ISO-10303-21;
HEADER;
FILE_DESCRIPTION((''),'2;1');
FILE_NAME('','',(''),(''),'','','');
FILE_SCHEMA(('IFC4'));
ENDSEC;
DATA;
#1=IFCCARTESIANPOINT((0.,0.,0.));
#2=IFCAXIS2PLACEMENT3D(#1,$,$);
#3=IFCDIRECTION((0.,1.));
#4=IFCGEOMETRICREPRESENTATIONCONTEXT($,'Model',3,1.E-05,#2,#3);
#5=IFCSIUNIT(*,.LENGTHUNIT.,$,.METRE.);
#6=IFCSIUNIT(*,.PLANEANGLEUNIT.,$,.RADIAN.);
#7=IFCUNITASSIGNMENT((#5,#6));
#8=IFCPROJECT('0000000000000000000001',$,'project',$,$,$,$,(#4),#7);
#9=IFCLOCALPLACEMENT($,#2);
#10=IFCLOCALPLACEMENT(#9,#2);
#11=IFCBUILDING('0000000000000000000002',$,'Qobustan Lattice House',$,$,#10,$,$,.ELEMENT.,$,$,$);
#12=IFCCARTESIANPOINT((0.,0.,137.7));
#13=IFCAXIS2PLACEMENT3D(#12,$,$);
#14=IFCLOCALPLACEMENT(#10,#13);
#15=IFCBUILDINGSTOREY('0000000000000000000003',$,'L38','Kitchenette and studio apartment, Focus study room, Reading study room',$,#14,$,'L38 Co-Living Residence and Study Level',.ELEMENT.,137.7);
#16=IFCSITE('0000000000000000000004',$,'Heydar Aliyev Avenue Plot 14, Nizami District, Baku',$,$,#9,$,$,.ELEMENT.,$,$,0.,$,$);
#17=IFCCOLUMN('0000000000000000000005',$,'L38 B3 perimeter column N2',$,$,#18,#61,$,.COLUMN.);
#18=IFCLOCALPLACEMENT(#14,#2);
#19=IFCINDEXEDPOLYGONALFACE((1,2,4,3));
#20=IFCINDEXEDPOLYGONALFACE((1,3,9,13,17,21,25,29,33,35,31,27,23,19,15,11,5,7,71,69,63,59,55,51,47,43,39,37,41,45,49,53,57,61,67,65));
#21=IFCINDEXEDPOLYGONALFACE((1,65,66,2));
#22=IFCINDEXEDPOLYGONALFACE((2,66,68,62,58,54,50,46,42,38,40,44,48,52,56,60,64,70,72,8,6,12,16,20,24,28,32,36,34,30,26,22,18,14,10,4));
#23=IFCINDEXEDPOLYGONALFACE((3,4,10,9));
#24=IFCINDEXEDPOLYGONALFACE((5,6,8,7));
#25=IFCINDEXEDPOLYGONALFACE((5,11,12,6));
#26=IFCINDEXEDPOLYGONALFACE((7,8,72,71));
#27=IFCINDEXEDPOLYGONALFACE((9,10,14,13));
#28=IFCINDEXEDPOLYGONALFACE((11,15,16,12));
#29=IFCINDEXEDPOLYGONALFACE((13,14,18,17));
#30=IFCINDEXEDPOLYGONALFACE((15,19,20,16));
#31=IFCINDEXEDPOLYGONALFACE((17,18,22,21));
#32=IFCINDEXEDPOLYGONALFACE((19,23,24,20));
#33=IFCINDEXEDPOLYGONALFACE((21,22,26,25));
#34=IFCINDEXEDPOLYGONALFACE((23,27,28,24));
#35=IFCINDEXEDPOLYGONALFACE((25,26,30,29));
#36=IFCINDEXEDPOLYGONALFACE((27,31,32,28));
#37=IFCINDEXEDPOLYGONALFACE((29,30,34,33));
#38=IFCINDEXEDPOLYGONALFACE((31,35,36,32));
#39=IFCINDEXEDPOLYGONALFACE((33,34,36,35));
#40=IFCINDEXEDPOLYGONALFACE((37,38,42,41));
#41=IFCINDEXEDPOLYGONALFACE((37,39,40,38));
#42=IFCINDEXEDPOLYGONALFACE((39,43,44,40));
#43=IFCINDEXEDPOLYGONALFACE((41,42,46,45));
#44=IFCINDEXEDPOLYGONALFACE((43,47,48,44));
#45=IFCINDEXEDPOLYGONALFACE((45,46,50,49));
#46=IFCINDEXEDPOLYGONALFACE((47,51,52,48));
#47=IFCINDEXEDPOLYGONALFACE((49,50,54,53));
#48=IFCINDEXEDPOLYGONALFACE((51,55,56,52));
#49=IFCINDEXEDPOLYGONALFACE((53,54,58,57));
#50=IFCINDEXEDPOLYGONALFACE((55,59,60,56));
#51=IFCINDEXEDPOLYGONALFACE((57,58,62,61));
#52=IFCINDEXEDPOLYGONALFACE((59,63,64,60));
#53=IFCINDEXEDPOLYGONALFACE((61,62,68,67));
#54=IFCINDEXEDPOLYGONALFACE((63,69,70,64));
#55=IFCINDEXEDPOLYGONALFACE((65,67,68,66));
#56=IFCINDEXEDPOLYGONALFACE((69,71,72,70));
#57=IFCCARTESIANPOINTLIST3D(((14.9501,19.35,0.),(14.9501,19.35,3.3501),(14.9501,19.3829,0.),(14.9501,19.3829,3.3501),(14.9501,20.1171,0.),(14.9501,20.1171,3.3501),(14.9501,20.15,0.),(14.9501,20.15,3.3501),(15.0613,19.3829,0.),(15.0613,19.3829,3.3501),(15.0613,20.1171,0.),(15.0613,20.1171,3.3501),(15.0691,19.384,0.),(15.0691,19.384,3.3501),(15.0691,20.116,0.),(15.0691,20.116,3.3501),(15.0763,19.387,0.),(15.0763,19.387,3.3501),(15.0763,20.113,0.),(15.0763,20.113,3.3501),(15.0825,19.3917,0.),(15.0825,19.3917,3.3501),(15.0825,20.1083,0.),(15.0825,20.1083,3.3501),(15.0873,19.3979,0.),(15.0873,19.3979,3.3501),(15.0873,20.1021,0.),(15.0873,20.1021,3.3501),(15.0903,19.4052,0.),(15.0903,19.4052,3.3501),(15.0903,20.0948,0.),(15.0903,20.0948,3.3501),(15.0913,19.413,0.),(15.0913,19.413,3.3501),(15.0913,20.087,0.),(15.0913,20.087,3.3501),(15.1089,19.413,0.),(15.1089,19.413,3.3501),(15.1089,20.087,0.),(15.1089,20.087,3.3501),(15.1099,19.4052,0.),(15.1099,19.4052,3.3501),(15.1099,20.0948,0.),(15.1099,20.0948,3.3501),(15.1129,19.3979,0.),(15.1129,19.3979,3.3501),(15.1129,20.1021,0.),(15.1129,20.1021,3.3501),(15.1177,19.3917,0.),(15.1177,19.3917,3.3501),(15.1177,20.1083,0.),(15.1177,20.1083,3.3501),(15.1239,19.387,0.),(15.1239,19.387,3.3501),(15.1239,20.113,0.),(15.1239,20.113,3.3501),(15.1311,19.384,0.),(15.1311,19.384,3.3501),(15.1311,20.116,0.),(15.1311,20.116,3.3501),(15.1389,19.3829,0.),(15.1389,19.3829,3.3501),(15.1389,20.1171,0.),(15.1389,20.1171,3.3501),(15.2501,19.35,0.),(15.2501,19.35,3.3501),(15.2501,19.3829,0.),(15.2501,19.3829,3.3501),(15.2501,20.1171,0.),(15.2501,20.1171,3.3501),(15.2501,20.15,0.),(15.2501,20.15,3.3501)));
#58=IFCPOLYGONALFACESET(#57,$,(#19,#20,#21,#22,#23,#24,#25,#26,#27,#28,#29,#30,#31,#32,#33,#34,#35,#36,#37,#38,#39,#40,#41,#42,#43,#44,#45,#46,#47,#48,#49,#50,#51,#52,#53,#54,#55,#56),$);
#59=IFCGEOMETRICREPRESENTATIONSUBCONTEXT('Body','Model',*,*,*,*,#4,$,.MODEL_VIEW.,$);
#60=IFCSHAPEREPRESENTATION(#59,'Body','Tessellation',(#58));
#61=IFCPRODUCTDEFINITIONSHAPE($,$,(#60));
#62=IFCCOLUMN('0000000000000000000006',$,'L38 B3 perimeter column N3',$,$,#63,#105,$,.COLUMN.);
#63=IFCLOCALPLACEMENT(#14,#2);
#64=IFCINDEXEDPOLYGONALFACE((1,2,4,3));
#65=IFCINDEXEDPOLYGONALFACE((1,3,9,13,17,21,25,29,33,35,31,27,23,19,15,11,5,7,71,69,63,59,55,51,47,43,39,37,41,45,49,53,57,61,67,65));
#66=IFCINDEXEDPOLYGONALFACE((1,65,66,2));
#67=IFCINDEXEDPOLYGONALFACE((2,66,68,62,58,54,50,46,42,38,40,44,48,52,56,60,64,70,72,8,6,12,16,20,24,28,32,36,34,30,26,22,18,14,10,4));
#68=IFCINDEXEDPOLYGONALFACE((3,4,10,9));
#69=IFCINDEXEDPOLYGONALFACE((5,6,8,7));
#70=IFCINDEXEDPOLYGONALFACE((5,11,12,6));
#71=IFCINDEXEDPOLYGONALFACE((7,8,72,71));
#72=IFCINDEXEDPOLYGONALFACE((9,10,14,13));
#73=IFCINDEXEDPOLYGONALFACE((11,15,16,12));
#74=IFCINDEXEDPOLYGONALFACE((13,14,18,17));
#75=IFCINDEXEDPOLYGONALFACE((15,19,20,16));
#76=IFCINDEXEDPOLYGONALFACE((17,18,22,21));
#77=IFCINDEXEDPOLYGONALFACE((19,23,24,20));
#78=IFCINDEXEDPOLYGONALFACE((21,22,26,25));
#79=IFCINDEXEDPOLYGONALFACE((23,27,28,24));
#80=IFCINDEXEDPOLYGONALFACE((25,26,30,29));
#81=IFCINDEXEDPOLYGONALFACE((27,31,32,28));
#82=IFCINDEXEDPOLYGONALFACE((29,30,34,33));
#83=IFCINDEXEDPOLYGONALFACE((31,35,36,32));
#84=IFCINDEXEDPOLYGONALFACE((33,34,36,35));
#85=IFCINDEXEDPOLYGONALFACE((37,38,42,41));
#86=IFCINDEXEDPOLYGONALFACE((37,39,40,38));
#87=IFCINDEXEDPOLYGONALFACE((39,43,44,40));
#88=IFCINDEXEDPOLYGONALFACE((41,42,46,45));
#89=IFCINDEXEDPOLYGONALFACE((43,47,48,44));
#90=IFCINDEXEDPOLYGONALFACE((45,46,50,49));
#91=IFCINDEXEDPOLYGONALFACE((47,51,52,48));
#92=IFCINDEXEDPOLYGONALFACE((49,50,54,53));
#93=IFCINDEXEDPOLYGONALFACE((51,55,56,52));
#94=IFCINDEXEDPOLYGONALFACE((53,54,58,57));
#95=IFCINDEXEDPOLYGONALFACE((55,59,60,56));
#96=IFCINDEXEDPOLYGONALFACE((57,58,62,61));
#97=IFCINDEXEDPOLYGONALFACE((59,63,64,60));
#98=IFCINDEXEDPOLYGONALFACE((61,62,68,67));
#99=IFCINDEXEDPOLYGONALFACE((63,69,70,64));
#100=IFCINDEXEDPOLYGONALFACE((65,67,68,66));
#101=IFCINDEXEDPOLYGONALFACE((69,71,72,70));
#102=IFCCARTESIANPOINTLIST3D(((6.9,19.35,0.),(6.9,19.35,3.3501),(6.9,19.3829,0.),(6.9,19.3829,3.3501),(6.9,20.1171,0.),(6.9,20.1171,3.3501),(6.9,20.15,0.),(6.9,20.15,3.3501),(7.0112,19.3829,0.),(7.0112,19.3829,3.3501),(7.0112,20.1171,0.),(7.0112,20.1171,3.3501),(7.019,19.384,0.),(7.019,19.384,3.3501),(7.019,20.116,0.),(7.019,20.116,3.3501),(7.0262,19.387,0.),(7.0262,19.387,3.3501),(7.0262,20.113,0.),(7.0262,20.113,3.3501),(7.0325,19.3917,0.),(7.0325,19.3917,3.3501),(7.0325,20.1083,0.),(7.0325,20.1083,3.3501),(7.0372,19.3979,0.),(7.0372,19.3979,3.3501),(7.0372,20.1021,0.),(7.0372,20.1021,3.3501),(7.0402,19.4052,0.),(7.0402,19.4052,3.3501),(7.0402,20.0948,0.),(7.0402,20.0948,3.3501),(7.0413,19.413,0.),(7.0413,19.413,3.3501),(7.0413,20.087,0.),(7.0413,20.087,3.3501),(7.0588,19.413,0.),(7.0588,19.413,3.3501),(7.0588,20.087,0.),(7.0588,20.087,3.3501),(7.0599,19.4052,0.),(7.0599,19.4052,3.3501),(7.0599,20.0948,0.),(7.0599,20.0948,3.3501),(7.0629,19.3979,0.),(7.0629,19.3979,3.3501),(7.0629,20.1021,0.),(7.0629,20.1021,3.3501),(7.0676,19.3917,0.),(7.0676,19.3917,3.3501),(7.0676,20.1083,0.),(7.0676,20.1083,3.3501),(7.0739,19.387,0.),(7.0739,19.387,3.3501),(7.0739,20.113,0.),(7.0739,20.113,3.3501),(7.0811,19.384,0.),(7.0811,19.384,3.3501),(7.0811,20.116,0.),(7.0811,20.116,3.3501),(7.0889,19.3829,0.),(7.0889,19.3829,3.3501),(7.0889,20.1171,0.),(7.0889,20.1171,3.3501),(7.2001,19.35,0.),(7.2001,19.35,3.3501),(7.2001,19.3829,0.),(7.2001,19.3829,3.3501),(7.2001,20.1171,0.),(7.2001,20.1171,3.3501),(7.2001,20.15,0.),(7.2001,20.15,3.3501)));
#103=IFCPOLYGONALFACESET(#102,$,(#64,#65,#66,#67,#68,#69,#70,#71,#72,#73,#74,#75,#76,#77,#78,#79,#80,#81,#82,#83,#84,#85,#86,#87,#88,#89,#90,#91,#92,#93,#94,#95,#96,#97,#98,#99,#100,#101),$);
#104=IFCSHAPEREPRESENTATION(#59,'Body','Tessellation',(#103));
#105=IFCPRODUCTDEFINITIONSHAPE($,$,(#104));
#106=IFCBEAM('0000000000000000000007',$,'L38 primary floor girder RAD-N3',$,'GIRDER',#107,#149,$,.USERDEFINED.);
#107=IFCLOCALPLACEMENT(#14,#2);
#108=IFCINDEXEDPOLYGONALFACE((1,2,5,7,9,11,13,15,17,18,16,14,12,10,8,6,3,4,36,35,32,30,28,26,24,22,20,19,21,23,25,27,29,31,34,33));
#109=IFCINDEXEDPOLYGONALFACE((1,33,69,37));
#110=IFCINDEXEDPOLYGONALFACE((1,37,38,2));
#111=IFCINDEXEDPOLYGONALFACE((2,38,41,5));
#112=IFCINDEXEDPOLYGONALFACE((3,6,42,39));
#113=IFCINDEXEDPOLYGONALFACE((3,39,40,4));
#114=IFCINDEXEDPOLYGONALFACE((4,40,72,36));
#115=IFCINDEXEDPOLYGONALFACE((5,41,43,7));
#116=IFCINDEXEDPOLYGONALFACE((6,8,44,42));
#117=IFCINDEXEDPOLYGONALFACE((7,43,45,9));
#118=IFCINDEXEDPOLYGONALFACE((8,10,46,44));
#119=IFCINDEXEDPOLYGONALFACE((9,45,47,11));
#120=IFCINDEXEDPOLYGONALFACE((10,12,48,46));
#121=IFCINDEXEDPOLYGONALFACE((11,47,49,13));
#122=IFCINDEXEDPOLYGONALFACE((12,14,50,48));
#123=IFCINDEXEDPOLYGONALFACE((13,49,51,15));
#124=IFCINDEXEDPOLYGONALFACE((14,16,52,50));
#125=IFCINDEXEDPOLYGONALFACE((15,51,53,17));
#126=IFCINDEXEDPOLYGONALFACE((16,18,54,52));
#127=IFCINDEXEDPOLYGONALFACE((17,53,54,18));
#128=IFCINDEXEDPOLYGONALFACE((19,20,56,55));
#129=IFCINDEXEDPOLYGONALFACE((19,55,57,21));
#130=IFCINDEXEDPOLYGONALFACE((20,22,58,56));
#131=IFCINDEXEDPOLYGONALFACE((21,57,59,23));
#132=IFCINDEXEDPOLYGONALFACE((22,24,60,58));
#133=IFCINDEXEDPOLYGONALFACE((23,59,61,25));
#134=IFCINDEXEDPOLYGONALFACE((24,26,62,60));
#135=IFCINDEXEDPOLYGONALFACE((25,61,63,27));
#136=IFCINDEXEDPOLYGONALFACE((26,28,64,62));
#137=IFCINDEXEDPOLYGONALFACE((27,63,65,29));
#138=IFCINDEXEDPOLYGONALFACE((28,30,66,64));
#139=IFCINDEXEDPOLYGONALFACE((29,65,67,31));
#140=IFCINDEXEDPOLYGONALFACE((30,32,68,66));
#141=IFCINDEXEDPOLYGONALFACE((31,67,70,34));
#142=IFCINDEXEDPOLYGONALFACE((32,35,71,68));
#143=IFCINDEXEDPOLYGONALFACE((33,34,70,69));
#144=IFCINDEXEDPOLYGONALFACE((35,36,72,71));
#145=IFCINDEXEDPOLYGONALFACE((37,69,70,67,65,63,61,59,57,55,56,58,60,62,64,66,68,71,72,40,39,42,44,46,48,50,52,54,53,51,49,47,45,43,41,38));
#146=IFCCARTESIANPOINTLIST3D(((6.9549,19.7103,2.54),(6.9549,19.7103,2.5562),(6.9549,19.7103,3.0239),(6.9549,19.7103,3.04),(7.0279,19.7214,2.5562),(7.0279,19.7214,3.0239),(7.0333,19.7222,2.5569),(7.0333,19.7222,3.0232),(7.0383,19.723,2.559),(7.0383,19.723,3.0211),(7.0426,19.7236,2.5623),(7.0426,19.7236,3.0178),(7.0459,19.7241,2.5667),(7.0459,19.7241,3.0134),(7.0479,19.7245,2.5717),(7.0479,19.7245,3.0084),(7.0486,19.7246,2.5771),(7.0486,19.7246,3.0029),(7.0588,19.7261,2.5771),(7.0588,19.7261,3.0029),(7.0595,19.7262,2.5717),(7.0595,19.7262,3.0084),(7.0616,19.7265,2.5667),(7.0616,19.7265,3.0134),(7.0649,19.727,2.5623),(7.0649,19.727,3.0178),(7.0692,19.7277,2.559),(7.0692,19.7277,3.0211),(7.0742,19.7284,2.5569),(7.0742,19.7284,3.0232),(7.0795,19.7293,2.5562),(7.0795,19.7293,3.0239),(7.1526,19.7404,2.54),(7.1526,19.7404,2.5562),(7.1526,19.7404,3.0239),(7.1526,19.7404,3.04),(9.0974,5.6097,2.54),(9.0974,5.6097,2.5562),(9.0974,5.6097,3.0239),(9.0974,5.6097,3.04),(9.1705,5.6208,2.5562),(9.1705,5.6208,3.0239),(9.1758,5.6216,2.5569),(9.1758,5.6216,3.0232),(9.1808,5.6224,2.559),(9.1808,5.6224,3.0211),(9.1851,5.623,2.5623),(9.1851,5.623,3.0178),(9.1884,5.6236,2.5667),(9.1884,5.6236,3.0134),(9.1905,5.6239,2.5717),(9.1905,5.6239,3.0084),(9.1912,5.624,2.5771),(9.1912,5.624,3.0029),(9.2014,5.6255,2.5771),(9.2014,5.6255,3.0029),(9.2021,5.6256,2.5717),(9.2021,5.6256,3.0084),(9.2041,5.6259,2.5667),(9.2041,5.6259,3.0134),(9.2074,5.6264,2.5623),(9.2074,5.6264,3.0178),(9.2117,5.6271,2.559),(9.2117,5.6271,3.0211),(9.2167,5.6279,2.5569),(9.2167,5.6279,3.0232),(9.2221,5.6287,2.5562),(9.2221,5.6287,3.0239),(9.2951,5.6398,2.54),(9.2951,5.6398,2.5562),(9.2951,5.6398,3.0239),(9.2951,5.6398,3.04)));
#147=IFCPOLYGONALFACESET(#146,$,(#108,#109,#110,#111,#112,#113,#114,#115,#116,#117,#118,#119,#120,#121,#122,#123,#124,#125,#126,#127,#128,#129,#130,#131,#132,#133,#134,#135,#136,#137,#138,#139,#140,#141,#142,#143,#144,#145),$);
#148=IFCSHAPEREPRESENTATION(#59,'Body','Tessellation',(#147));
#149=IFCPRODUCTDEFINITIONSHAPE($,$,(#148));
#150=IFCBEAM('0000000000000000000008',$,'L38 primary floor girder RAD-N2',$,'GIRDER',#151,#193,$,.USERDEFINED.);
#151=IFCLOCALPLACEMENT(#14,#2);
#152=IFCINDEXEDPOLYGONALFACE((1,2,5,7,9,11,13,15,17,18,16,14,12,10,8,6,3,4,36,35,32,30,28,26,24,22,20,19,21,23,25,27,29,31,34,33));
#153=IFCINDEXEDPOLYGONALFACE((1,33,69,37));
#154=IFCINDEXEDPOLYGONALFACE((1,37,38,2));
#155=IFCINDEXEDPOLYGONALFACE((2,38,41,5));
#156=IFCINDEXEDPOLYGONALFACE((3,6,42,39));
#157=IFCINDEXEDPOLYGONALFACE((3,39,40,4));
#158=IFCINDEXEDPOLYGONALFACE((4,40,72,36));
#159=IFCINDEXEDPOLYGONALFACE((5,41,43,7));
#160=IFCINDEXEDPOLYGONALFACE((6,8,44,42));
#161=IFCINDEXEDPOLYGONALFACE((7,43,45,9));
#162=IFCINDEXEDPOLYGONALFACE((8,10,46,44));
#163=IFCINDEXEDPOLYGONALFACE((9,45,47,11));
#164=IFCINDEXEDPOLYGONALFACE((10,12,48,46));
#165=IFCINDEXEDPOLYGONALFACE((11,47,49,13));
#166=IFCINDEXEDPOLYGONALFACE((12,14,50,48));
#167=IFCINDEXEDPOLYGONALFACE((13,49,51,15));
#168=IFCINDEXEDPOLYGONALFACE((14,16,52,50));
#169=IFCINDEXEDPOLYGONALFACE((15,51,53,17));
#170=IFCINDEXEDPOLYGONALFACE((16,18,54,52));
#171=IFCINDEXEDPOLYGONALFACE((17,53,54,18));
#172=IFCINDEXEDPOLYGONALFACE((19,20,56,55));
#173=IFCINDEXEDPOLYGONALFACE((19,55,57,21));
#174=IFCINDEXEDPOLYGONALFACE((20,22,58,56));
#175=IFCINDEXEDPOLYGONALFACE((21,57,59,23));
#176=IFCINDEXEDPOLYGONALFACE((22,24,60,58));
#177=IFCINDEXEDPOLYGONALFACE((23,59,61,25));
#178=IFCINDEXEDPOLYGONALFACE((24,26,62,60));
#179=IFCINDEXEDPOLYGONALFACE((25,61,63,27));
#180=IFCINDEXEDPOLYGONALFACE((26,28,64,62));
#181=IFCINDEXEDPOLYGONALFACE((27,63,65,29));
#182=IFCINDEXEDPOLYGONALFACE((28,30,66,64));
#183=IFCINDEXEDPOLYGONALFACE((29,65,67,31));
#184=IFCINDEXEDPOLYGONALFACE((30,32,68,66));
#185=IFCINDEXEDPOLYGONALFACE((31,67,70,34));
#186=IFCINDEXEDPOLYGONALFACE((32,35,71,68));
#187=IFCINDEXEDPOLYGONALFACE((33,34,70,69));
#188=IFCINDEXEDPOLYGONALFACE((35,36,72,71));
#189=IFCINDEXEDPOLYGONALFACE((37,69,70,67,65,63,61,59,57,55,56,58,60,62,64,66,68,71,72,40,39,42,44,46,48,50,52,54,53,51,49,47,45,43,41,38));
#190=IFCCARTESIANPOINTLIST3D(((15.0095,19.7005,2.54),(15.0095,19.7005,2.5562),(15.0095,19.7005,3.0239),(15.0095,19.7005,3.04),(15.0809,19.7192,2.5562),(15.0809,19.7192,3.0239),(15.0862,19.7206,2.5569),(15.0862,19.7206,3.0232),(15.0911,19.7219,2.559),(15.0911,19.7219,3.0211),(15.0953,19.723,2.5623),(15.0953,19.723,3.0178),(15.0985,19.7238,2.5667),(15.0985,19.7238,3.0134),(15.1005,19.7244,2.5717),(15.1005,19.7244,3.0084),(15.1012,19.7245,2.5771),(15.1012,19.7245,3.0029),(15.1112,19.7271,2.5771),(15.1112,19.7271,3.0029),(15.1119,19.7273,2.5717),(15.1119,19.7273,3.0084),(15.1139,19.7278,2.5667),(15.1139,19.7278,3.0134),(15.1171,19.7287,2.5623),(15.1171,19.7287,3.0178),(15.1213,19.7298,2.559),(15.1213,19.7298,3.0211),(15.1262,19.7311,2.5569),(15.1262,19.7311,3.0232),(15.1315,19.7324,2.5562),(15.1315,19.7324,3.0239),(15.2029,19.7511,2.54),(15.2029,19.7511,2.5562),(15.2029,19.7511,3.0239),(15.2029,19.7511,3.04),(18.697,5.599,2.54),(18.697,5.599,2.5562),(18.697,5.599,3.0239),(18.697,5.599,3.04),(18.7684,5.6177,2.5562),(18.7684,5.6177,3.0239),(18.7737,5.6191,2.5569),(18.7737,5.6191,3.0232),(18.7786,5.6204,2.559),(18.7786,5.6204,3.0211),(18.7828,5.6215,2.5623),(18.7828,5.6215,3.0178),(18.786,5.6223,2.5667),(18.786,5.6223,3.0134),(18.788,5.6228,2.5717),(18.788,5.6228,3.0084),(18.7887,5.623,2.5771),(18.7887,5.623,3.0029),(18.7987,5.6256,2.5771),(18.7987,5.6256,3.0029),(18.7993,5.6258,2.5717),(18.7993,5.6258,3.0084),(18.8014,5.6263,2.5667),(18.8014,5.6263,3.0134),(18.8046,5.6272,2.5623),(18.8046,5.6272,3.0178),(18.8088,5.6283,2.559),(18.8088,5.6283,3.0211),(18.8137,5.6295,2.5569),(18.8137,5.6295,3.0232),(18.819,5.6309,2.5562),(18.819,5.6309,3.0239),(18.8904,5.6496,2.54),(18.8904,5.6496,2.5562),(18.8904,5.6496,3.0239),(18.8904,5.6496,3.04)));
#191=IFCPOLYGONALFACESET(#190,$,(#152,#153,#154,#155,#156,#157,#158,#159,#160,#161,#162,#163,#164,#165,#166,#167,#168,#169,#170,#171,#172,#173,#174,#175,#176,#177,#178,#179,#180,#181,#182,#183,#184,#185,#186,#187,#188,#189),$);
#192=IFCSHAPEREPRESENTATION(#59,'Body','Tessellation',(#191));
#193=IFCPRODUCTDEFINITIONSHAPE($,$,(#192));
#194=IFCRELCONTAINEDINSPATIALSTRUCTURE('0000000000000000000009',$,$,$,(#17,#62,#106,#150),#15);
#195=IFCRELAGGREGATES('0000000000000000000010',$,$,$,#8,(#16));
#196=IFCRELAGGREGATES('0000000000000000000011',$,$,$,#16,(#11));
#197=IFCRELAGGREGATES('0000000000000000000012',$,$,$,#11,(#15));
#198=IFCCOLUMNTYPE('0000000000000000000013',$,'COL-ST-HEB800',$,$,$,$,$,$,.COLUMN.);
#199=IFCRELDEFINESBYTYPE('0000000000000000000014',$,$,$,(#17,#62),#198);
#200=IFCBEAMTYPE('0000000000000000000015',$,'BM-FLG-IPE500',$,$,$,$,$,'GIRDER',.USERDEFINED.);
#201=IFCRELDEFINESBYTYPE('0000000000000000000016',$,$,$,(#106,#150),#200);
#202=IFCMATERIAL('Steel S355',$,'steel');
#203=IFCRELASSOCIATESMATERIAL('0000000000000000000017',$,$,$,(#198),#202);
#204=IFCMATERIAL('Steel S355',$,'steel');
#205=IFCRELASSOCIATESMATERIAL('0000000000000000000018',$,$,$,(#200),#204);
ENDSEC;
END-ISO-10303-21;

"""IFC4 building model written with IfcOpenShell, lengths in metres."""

from ifc_helpers import new_model, si_unit, direction, frame, origin, origin_2d, place, context, subcontext, project, spatial, i_section, extrude, material, material_profile, profile_set, type_object, element, save


model = new_model("IFC4")

# Units and contexts
model_context = context("Model", 3, precision=1e-05, world=origin(), true_north=direction((0.0, 1.0)))
body_context = subcontext(model_context, "Body", "Model", "MODEL_VIEW")
ifc_project = project(units=[si_unit("LENGTHUNIT", "METRE"), si_unit("PLANEANGLEUNIT", "RADIAN")], contexts=[model_context])

# Site, building, storey
site_placement = place(None, origin())
site = spatial("IfcSite", under=ifc_project, at=site_placement, Name="Heydar Aliyev Avenue Plot 14, Nizami District, Baku", CompositionType="ELEMENT", RefElevation=0.0)
building_placement = place(site_placement, origin())
building = spatial("IfcBuilding", under=site, at=building_placement, Name="Qobustan Lattice House", CompositionType="ELEMENT")
storey_placement = place(building_placement, frame((0.0, 0.0, 137.7)))
storey = spatial("IfcBuildingStorey", under=building, at=storey_placement, Name="L38", Description="Kitchenette and studio apartment, Focus study room, Reading study room", LongName="L38 Co-Living Residence and Study Level", CompositionType="ELEMENT", Elevation=137.7)

# Columns
ifc_material_1 = material(Name="Steel S355", Category="steel")
ifc_material_profile_1 = material_profile(ifc_material_1, i_section(OverallWidth=0.3, OverallDepth=0.8, WebThickness=0.0176, FlangeThickness=0.033, FilletRadius=0.03, at=origin_2d()), Name="HEB800")
ifc_profile_set_1 = profile_set([ifc_material_profile_1], Name="Steel S355")
column_type = type_object("IfcColumnType", Name="COL-ST-HEB800", PredefinedType="COLUMN", material=ifc_profile_set_1)
for number, where, z_axis, x_axis, name in (
    (1, (15.1001, 19.75, 0.0), (0.0, 0.0, 1.0), (1.0, 0.0, 0.0), "L38 B3 perimeter column N2"),
    (2, (7.05, 19.75, 0.0), (0.0, 0.0, 1.0), (1.0, 0.0, 0.0), "L38 B3 perimeter column N3"),
):
    element("IfcColumn", number, at=place(storey_placement, frame(where, z_axis=z_axis, x_axis=x_axis)), inside=storey, type_object=column_type, Name=name, PredefinedType="COLUMN", context=body_context, shape_type="SweptSolid", body=[
        extrude(i_section(OverallWidth=0.3, OverallDepth=0.8, WebThickness=0.0176, FlangeThickness=0.033, FilletRadius=0.03, at=origin_2d()), origin(), (0.0, 0.0, 1.0), 3.3501),
    ])

# Beams
ifc_material_2 = material(Name="Steel S355", Category="steel")
ifc_material_profile_2 = material_profile(ifc_material_2, i_section(OverallWidth=0.2, OverallDepth=0.5, WebThickness=0.0103, FlangeThickness=0.0161, FilletRadius=0.021, at=origin_2d()), Name="IPE500")
ifc_profile_set_2 = profile_set([ifc_material_profile_2], Name="Steel S355")
beam_type_1 = type_object("IfcBeamType", Name="BM-FLG-IPE500", ElementType="GIRDER", PredefinedType="USERDEFINED", material=ifc_profile_set_2)
beam_1_placement = place(storey_placement, frame((7.0537, 19.7253, 2.79), z_axis=(0.150225, -0.988652, 0.0), x_axis=(0.988652, 0.150225, 0.0)))
element("IfcBeam", 3, at=beam_1_placement, inside=storey, type_object=beam_type_1, Name="L38 primary floor girder RAD-N3", ObjectType="GIRDER", PredefinedType="USERDEFINED", context=body_context, shape_type="SweptSolid", body=[
    extrude(i_section(OverallWidth=0.2, OverallDepth=0.5, WebThickness=0.0103, FlangeThickness=0.0161, FilletRadius=0.021, at=origin_2d()), origin(), (0.0, 0.0, 1.0), 14.2625),
])
beam_2_placement = place(storey_placement, frame((15.1062, 19.7258, 2.79), z_axis=(0.252989, -0.967469, 0.0), x_axis=(0.967469, 0.252989, 0.0)))
element("IfcBeam", 4, at=beam_2_placement, inside=storey, type_object=beam_type_1, Name="L38 primary floor girder RAD-N2", ObjectType="GIRDER", PredefinedType="USERDEFINED", context=body_context, shape_type="SweptSolid", body=[
    extrude(i_section(OverallWidth=0.2, OverallDepth=0.5, WebThickness=0.0103, FlangeThickness=0.0161, FilletRadius=0.021, at=origin_2d()), origin(), (0.0, 0.0, 1.0), 14.5757),
])

save(model, "model.ifc")
